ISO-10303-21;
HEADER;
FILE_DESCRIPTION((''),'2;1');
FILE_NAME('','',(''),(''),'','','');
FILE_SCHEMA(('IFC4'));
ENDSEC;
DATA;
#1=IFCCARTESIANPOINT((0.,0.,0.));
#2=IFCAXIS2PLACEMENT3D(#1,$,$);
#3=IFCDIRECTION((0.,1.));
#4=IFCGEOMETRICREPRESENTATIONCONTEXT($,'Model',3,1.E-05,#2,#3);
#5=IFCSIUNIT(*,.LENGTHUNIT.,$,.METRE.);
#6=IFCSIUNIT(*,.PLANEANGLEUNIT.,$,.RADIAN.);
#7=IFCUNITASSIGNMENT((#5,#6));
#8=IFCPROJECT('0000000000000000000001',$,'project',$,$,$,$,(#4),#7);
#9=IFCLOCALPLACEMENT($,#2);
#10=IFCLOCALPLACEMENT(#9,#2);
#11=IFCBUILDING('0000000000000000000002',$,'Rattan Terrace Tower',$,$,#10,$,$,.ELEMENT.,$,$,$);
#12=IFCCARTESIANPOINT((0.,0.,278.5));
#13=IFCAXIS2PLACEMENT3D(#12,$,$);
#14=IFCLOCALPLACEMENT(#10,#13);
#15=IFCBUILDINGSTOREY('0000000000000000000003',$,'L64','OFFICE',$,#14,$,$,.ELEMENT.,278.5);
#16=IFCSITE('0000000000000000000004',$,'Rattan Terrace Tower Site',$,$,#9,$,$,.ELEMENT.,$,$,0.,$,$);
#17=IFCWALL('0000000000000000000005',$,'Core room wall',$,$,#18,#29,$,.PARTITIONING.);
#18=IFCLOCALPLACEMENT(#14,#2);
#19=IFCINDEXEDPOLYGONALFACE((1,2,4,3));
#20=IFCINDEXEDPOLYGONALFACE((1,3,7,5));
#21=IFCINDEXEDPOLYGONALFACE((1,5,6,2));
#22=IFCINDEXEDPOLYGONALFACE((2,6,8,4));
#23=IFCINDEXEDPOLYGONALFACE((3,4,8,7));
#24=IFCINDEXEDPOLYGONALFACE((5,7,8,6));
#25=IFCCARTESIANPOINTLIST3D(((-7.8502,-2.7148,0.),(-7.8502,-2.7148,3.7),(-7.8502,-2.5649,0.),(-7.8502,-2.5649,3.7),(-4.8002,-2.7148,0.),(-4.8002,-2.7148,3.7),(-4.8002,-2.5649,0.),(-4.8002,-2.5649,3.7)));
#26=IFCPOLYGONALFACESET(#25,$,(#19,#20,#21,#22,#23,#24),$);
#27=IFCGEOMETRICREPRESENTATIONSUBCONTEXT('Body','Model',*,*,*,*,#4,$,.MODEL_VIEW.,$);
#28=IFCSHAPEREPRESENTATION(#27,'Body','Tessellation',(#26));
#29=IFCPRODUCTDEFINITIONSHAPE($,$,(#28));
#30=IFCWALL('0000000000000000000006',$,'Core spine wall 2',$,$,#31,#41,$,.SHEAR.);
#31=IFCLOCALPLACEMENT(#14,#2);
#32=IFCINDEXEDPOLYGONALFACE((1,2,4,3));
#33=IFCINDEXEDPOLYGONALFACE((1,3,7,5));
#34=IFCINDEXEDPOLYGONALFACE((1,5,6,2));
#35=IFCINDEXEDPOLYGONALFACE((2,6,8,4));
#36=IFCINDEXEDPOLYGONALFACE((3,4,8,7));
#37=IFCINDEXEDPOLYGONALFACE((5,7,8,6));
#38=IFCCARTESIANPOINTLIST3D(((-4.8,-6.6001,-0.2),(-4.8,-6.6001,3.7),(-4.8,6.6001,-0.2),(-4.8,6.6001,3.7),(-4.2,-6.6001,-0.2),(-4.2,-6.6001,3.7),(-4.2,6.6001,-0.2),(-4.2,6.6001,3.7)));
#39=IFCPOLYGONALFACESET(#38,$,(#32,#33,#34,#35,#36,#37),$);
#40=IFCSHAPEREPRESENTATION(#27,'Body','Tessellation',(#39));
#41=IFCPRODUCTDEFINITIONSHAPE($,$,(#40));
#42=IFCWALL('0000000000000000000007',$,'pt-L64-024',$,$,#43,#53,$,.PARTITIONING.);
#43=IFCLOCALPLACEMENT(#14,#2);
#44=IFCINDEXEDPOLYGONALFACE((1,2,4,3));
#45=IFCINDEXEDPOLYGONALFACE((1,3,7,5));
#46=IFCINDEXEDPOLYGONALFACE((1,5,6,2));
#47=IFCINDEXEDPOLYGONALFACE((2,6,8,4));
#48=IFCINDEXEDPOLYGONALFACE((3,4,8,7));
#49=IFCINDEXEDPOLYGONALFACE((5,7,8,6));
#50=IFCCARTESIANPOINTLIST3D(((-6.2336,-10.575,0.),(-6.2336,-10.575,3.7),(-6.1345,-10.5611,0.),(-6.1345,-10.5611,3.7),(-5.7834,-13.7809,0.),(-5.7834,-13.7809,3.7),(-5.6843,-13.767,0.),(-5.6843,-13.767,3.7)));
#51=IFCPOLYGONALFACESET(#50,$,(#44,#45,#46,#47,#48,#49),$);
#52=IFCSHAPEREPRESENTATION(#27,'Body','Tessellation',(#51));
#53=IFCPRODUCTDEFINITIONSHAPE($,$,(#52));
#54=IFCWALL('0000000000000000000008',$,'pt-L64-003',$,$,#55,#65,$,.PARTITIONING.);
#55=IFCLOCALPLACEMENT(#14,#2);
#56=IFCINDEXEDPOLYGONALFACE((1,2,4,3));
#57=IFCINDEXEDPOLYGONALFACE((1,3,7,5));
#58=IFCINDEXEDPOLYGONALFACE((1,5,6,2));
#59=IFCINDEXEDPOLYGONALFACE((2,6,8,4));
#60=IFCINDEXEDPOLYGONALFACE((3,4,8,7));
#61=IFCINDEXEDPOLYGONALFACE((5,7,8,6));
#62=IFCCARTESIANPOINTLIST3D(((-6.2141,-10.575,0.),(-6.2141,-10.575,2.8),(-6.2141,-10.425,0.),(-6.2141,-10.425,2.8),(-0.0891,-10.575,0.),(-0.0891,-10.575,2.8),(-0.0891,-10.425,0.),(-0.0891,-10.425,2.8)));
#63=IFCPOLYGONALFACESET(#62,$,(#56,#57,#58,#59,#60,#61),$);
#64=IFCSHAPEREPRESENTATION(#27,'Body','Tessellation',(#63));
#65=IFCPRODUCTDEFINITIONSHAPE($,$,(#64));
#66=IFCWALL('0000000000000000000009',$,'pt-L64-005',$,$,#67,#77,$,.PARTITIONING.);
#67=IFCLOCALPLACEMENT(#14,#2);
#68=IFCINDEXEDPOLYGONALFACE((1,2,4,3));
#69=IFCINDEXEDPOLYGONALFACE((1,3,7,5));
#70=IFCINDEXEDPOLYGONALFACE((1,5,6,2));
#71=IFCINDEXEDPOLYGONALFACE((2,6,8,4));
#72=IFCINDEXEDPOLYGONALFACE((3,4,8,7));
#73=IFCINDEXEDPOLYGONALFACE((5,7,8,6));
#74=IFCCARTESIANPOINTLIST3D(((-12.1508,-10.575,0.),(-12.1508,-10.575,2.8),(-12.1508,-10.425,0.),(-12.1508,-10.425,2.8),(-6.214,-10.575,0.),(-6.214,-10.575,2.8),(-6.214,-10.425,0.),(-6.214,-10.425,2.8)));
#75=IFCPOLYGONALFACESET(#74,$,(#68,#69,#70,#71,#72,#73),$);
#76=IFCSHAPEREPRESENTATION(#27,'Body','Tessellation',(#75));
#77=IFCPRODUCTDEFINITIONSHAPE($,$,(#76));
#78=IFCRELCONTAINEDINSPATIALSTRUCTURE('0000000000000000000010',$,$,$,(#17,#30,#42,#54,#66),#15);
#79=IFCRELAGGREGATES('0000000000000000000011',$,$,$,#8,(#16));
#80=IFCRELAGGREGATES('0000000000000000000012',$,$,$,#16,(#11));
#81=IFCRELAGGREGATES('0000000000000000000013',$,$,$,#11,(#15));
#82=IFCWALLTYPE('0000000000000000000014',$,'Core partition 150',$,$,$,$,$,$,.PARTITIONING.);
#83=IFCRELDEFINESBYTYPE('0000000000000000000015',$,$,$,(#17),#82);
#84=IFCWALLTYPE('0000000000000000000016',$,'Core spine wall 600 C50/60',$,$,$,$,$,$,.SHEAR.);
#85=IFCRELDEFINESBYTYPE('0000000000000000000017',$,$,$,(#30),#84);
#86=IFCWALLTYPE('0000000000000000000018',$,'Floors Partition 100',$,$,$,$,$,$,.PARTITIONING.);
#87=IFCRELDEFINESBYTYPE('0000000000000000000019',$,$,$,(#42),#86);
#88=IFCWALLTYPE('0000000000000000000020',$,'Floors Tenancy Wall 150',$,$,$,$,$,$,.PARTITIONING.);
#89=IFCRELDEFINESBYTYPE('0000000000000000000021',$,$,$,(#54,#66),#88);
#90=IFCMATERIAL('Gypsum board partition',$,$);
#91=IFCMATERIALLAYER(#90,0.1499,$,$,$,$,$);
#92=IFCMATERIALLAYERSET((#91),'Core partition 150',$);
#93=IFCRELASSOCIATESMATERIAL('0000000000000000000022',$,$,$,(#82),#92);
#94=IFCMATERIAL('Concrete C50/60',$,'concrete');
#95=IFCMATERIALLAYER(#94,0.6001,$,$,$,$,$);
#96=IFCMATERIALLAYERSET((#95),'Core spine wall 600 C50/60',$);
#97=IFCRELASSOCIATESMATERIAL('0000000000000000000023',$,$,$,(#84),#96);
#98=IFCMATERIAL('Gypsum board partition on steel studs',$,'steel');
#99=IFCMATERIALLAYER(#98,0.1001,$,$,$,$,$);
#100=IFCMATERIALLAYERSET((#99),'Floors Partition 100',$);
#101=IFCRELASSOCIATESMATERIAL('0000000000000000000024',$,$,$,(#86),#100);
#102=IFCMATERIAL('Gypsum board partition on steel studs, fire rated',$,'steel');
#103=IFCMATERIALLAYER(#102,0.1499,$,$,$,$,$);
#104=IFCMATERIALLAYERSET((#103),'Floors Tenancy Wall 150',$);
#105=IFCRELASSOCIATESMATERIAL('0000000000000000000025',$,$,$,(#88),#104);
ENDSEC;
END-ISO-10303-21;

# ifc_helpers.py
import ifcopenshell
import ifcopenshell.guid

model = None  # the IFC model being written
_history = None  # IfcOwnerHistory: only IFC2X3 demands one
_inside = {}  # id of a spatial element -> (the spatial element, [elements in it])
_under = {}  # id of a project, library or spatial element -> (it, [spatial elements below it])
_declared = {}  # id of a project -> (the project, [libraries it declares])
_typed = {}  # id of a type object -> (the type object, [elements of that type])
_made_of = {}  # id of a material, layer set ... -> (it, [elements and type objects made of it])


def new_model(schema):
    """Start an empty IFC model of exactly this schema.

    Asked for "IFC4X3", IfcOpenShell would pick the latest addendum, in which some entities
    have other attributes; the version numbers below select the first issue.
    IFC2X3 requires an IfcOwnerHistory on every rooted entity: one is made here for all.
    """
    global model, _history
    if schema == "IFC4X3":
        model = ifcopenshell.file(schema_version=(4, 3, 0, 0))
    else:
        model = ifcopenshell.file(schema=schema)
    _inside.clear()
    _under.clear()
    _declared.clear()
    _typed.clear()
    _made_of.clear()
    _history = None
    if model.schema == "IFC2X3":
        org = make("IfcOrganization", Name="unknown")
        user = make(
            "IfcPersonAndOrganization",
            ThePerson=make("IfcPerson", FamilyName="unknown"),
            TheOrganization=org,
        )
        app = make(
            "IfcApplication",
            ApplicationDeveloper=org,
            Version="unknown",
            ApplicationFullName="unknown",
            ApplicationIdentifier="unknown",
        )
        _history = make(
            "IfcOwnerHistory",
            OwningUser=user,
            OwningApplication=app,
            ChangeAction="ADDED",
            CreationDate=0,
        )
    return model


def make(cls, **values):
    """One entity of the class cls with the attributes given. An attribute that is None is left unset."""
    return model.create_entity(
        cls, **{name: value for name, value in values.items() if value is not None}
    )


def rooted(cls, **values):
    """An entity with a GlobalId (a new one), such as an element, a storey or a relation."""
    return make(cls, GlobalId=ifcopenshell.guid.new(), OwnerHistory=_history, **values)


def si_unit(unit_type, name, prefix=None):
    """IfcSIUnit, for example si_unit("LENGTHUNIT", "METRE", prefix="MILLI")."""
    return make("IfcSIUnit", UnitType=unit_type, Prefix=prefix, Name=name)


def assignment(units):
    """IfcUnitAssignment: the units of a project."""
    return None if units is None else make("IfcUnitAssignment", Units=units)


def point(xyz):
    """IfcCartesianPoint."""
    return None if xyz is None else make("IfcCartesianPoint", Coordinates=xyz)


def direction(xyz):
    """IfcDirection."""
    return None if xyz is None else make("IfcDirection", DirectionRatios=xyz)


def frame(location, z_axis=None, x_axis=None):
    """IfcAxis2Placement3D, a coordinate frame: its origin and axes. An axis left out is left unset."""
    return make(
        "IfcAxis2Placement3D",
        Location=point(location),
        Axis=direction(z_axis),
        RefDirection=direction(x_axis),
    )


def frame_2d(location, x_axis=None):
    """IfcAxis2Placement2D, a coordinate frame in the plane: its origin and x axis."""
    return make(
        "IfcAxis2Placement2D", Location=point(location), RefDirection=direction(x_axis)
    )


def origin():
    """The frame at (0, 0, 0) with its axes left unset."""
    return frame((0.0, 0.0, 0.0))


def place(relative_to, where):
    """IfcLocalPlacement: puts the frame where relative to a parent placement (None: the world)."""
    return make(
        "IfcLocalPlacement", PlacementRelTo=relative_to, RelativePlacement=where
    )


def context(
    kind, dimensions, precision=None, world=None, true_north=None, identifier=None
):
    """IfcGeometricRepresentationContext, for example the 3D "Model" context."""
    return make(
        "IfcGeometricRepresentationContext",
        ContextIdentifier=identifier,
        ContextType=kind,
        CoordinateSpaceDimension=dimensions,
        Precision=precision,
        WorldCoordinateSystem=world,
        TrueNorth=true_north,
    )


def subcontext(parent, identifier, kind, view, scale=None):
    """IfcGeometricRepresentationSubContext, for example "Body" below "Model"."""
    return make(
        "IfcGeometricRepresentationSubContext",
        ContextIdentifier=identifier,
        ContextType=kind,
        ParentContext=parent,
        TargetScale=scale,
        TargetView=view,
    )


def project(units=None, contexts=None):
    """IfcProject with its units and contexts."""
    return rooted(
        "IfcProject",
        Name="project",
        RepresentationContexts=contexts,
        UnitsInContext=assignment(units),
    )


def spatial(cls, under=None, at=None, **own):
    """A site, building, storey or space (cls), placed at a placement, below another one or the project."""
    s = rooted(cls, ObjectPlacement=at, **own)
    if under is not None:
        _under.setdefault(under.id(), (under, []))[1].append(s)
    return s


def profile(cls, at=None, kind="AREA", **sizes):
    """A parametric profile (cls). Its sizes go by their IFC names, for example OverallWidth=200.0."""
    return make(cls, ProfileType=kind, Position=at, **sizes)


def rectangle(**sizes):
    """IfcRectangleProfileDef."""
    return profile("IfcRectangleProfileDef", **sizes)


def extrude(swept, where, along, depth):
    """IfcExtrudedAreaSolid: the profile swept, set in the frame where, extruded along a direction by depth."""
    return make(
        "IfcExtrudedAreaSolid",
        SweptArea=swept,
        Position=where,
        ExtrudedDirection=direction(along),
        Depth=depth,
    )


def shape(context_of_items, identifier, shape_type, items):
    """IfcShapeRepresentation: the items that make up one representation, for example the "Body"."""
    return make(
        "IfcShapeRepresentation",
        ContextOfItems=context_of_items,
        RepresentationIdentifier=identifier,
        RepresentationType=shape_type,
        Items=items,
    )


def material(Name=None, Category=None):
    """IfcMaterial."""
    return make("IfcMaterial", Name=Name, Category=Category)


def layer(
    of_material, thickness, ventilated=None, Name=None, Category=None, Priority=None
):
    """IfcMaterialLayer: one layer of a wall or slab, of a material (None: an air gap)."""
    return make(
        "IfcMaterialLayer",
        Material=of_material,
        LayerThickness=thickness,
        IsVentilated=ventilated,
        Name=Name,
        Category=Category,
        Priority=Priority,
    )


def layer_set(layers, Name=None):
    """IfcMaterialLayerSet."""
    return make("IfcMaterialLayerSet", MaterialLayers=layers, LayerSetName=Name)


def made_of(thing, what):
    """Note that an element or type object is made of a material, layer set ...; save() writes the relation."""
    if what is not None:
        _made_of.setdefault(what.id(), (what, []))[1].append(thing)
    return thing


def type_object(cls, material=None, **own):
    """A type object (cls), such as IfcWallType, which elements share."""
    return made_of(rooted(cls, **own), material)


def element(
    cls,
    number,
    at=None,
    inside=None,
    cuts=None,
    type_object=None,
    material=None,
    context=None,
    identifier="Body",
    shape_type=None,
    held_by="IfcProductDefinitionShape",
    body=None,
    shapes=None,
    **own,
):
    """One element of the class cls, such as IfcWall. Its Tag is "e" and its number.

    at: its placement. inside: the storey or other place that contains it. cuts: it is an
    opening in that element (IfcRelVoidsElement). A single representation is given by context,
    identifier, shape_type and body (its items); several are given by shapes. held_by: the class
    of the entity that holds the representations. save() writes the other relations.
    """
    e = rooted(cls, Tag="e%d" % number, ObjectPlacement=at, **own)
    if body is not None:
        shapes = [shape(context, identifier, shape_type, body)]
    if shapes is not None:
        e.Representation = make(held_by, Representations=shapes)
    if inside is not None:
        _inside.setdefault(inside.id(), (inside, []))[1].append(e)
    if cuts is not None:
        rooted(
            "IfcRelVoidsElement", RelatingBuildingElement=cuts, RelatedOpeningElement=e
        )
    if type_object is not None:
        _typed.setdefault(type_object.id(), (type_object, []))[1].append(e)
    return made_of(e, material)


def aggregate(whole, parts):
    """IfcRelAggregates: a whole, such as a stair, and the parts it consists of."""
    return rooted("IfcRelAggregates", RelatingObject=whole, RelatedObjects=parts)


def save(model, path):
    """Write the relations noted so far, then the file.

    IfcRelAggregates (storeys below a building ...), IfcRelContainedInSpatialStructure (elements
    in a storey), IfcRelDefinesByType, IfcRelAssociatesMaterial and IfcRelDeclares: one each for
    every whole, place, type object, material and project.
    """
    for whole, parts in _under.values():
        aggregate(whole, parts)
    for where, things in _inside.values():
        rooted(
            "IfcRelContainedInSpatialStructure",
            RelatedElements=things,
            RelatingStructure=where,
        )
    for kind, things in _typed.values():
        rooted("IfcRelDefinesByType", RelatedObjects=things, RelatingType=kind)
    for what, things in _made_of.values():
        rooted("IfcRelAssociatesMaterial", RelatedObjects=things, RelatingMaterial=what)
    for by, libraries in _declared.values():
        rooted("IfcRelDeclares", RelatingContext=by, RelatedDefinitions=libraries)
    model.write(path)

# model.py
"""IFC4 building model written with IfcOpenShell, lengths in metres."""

from ifc_helpers import new_model, si_unit, direction, frame, frame_2d, origin, place, context, subcontext, project, spatial, rectangle, extrude, material, layer, layer_set, type_object, element, save


model = new_model("IFC4")

# Units and contexts
model_context = context("Model", 3, precision=1e-05, world=origin(), true_north=direction((0.0, 1.0)))
body_context = subcontext(model_context, "Body", "Model", "MODEL_VIEW")
ifc_project = project(units=[si_unit("LENGTHUNIT", "METRE"), si_unit("PLANEANGLEUNIT", "RADIAN")], contexts=[model_context])

# Site, building, storey
site_placement = place(None, origin())
site = spatial("IfcSite", under=ifc_project, at=site_placement, Name="Rattan Terrace Tower Site", CompositionType="ELEMENT", RefElevation=0.0)
building_placement = place(site_placement, origin())
building = spatial("IfcBuilding", under=site, at=building_placement, Name="Rattan Terrace Tower", CompositionType="ELEMENT")
storey_placement = place(building_placement, frame((0.0, 0.0, 278.5)))
storey = spatial("IfcBuildingStorey", under=building, at=storey_placement, Name="L64", Description="OFFICE", CompositionType="ELEMENT", Elevation=278.5)

# Walls
ifc_material_1 = material(Name="Gypsum board partition")
ifc_layer_1 = layer(ifc_material_1, 0.1499)
ifc_layer_set_1 = layer_set([ifc_layer_1], Name="Core partition 150")
wall_type_1 = type_object("IfcWallType", Name="Core partition 150", PredefinedType="PARTITIONING", material=ifc_layer_set_1)
wall_1_placement = place(storey_placement, frame((-7.8501, -2.6399, 0.0), z_axis=(0.0, 0.0, 1.0), x_axis=(1.0, 0.0, 0.0)))
element("IfcWall", 1, at=wall_1_placement, inside=storey, type_object=wall_type_1, Name="Core room wall", PredefinedType="PARTITIONING", context=body_context, shape_type="SweptSolid", body=[
    extrude(rectangle(XDim=3.05, YDim=0.1499, at=frame_2d((1.5249, 0.0))), origin(), (0.0, 0.0, 1.0), 3.7),
])
ifc_material_2 = material(Name="Concrete C50/60", Category="concrete")
ifc_layer_2 = layer(ifc_material_2, 0.6001)
ifc_layer_set_2 = layer_set([ifc_layer_2], Name="Core spine wall 600 C50/60")
wall_type_2 = type_object("IfcWallType", Name="Core spine wall 600 C50/60", PredefinedType="SHEAR", material=ifc_layer_set_2)
wall_2_placement = place(storey_placement, frame((-4.5, -6.6001, -0.2), z_axis=(0.0, 0.0, 1.0), x_axis=(0.0, 1.0, 0.0)))
element("IfcWall", 2, at=wall_2_placement, inside=storey, type_object=wall_type_2, Name="Core spine wall 2", PredefinedType="SHEAR", context=body_context, shape_type="SweptSolid", body=[
    extrude(rectangle(XDim=13.2002, YDim=0.6001, at=frame_2d((6.6001, 0.0))), origin(), (0.0, 0.0, 1.0), 3.8999),
])
ifc_material_3 = material(Name="Gypsum board partition on steel studs", Category="steel")
ifc_layer_3 = layer(ifc_material_3, 0.1001)
ifc_layer_set_3 = layer_set([ifc_layer_3], Name="Floors Partition 100")
wall_type_3 = type_object("IfcWallType", Name="Floors Partition 100", PredefinedType="PARTITIONING", material=ifc_layer_set_3)
wall_3_placement = place(storey_placement, frame((-5.7339, -13.7739, 0.0), z_axis=(0.0, 0.0, 1.0), x_axis=(-0.139066, 0.990283, 0.0)))
element("IfcWall", 3, at=wall_3_placement, inside=storey, type_object=wall_type_3, Name="pt-L64-024", PredefinedType="PARTITIONING", context=body_context, shape_type="SweptSolid", body=[
    extrude(rectangle(XDim=3.2373, YDim=0.1001, at=frame_2d((1.6187, 0.0))), origin(), (0.0, 0.0, 1.0), 3.7),
])
ifc_material_4 = material(Name="Gypsum board partition on steel studs, fire rated", Category="steel")
ifc_layer_4 = layer(ifc_material_4, 0.1499)
ifc_layer_set_4 = layer_set([ifc_layer_4], Name="Floors Tenancy Wall 150")
wall_type_4 = type_object("IfcWallType", Name="Floors Tenancy Wall 150", PredefinedType="PARTITIONING", material=ifc_layer_set_4)
wall_4_placement = place(storey_placement, frame((-0.0891, -10.5, 0.0), z_axis=(0.0, 0.0, 1.0), x_axis=(-1.0, 0.0, 0.0)))
element("IfcWall", 4, at=wall_4_placement, inside=storey, type_object=wall_type_4, Name="pt-L64-003", PredefinedType="PARTITIONING", context=body_context, shape_type="SweptSolid", body=[
    extrude(rectangle(XDim=6.125, YDim=0.1499, at=frame_2d((3.0625, 0.0))), origin(), (0.0, 0.0, 1.0), 2.8),
])
wall_5_placement = place(storey_placement, frame((-6.2141, -10.5, 0.0), z_axis=(0.0, 0.0, 1.0), x_axis=(-1.0, 0.0, 0.0)))
element("IfcWall", 5, at=wall_5_placement, inside=storey, type_object=wall_type_4, Name="pt-L64-005", PredefinedType="PARTITIONING", context=body_context, shape_type="SweptSolid", body=[
    extrude(rectangle(XDim=5.9368, YDim=0.1499, at=frame_2d((2.9683, 0.0))), origin(), (0.0, 0.0, 1.0), 2.8),
])

save(model, "model.ifc")
